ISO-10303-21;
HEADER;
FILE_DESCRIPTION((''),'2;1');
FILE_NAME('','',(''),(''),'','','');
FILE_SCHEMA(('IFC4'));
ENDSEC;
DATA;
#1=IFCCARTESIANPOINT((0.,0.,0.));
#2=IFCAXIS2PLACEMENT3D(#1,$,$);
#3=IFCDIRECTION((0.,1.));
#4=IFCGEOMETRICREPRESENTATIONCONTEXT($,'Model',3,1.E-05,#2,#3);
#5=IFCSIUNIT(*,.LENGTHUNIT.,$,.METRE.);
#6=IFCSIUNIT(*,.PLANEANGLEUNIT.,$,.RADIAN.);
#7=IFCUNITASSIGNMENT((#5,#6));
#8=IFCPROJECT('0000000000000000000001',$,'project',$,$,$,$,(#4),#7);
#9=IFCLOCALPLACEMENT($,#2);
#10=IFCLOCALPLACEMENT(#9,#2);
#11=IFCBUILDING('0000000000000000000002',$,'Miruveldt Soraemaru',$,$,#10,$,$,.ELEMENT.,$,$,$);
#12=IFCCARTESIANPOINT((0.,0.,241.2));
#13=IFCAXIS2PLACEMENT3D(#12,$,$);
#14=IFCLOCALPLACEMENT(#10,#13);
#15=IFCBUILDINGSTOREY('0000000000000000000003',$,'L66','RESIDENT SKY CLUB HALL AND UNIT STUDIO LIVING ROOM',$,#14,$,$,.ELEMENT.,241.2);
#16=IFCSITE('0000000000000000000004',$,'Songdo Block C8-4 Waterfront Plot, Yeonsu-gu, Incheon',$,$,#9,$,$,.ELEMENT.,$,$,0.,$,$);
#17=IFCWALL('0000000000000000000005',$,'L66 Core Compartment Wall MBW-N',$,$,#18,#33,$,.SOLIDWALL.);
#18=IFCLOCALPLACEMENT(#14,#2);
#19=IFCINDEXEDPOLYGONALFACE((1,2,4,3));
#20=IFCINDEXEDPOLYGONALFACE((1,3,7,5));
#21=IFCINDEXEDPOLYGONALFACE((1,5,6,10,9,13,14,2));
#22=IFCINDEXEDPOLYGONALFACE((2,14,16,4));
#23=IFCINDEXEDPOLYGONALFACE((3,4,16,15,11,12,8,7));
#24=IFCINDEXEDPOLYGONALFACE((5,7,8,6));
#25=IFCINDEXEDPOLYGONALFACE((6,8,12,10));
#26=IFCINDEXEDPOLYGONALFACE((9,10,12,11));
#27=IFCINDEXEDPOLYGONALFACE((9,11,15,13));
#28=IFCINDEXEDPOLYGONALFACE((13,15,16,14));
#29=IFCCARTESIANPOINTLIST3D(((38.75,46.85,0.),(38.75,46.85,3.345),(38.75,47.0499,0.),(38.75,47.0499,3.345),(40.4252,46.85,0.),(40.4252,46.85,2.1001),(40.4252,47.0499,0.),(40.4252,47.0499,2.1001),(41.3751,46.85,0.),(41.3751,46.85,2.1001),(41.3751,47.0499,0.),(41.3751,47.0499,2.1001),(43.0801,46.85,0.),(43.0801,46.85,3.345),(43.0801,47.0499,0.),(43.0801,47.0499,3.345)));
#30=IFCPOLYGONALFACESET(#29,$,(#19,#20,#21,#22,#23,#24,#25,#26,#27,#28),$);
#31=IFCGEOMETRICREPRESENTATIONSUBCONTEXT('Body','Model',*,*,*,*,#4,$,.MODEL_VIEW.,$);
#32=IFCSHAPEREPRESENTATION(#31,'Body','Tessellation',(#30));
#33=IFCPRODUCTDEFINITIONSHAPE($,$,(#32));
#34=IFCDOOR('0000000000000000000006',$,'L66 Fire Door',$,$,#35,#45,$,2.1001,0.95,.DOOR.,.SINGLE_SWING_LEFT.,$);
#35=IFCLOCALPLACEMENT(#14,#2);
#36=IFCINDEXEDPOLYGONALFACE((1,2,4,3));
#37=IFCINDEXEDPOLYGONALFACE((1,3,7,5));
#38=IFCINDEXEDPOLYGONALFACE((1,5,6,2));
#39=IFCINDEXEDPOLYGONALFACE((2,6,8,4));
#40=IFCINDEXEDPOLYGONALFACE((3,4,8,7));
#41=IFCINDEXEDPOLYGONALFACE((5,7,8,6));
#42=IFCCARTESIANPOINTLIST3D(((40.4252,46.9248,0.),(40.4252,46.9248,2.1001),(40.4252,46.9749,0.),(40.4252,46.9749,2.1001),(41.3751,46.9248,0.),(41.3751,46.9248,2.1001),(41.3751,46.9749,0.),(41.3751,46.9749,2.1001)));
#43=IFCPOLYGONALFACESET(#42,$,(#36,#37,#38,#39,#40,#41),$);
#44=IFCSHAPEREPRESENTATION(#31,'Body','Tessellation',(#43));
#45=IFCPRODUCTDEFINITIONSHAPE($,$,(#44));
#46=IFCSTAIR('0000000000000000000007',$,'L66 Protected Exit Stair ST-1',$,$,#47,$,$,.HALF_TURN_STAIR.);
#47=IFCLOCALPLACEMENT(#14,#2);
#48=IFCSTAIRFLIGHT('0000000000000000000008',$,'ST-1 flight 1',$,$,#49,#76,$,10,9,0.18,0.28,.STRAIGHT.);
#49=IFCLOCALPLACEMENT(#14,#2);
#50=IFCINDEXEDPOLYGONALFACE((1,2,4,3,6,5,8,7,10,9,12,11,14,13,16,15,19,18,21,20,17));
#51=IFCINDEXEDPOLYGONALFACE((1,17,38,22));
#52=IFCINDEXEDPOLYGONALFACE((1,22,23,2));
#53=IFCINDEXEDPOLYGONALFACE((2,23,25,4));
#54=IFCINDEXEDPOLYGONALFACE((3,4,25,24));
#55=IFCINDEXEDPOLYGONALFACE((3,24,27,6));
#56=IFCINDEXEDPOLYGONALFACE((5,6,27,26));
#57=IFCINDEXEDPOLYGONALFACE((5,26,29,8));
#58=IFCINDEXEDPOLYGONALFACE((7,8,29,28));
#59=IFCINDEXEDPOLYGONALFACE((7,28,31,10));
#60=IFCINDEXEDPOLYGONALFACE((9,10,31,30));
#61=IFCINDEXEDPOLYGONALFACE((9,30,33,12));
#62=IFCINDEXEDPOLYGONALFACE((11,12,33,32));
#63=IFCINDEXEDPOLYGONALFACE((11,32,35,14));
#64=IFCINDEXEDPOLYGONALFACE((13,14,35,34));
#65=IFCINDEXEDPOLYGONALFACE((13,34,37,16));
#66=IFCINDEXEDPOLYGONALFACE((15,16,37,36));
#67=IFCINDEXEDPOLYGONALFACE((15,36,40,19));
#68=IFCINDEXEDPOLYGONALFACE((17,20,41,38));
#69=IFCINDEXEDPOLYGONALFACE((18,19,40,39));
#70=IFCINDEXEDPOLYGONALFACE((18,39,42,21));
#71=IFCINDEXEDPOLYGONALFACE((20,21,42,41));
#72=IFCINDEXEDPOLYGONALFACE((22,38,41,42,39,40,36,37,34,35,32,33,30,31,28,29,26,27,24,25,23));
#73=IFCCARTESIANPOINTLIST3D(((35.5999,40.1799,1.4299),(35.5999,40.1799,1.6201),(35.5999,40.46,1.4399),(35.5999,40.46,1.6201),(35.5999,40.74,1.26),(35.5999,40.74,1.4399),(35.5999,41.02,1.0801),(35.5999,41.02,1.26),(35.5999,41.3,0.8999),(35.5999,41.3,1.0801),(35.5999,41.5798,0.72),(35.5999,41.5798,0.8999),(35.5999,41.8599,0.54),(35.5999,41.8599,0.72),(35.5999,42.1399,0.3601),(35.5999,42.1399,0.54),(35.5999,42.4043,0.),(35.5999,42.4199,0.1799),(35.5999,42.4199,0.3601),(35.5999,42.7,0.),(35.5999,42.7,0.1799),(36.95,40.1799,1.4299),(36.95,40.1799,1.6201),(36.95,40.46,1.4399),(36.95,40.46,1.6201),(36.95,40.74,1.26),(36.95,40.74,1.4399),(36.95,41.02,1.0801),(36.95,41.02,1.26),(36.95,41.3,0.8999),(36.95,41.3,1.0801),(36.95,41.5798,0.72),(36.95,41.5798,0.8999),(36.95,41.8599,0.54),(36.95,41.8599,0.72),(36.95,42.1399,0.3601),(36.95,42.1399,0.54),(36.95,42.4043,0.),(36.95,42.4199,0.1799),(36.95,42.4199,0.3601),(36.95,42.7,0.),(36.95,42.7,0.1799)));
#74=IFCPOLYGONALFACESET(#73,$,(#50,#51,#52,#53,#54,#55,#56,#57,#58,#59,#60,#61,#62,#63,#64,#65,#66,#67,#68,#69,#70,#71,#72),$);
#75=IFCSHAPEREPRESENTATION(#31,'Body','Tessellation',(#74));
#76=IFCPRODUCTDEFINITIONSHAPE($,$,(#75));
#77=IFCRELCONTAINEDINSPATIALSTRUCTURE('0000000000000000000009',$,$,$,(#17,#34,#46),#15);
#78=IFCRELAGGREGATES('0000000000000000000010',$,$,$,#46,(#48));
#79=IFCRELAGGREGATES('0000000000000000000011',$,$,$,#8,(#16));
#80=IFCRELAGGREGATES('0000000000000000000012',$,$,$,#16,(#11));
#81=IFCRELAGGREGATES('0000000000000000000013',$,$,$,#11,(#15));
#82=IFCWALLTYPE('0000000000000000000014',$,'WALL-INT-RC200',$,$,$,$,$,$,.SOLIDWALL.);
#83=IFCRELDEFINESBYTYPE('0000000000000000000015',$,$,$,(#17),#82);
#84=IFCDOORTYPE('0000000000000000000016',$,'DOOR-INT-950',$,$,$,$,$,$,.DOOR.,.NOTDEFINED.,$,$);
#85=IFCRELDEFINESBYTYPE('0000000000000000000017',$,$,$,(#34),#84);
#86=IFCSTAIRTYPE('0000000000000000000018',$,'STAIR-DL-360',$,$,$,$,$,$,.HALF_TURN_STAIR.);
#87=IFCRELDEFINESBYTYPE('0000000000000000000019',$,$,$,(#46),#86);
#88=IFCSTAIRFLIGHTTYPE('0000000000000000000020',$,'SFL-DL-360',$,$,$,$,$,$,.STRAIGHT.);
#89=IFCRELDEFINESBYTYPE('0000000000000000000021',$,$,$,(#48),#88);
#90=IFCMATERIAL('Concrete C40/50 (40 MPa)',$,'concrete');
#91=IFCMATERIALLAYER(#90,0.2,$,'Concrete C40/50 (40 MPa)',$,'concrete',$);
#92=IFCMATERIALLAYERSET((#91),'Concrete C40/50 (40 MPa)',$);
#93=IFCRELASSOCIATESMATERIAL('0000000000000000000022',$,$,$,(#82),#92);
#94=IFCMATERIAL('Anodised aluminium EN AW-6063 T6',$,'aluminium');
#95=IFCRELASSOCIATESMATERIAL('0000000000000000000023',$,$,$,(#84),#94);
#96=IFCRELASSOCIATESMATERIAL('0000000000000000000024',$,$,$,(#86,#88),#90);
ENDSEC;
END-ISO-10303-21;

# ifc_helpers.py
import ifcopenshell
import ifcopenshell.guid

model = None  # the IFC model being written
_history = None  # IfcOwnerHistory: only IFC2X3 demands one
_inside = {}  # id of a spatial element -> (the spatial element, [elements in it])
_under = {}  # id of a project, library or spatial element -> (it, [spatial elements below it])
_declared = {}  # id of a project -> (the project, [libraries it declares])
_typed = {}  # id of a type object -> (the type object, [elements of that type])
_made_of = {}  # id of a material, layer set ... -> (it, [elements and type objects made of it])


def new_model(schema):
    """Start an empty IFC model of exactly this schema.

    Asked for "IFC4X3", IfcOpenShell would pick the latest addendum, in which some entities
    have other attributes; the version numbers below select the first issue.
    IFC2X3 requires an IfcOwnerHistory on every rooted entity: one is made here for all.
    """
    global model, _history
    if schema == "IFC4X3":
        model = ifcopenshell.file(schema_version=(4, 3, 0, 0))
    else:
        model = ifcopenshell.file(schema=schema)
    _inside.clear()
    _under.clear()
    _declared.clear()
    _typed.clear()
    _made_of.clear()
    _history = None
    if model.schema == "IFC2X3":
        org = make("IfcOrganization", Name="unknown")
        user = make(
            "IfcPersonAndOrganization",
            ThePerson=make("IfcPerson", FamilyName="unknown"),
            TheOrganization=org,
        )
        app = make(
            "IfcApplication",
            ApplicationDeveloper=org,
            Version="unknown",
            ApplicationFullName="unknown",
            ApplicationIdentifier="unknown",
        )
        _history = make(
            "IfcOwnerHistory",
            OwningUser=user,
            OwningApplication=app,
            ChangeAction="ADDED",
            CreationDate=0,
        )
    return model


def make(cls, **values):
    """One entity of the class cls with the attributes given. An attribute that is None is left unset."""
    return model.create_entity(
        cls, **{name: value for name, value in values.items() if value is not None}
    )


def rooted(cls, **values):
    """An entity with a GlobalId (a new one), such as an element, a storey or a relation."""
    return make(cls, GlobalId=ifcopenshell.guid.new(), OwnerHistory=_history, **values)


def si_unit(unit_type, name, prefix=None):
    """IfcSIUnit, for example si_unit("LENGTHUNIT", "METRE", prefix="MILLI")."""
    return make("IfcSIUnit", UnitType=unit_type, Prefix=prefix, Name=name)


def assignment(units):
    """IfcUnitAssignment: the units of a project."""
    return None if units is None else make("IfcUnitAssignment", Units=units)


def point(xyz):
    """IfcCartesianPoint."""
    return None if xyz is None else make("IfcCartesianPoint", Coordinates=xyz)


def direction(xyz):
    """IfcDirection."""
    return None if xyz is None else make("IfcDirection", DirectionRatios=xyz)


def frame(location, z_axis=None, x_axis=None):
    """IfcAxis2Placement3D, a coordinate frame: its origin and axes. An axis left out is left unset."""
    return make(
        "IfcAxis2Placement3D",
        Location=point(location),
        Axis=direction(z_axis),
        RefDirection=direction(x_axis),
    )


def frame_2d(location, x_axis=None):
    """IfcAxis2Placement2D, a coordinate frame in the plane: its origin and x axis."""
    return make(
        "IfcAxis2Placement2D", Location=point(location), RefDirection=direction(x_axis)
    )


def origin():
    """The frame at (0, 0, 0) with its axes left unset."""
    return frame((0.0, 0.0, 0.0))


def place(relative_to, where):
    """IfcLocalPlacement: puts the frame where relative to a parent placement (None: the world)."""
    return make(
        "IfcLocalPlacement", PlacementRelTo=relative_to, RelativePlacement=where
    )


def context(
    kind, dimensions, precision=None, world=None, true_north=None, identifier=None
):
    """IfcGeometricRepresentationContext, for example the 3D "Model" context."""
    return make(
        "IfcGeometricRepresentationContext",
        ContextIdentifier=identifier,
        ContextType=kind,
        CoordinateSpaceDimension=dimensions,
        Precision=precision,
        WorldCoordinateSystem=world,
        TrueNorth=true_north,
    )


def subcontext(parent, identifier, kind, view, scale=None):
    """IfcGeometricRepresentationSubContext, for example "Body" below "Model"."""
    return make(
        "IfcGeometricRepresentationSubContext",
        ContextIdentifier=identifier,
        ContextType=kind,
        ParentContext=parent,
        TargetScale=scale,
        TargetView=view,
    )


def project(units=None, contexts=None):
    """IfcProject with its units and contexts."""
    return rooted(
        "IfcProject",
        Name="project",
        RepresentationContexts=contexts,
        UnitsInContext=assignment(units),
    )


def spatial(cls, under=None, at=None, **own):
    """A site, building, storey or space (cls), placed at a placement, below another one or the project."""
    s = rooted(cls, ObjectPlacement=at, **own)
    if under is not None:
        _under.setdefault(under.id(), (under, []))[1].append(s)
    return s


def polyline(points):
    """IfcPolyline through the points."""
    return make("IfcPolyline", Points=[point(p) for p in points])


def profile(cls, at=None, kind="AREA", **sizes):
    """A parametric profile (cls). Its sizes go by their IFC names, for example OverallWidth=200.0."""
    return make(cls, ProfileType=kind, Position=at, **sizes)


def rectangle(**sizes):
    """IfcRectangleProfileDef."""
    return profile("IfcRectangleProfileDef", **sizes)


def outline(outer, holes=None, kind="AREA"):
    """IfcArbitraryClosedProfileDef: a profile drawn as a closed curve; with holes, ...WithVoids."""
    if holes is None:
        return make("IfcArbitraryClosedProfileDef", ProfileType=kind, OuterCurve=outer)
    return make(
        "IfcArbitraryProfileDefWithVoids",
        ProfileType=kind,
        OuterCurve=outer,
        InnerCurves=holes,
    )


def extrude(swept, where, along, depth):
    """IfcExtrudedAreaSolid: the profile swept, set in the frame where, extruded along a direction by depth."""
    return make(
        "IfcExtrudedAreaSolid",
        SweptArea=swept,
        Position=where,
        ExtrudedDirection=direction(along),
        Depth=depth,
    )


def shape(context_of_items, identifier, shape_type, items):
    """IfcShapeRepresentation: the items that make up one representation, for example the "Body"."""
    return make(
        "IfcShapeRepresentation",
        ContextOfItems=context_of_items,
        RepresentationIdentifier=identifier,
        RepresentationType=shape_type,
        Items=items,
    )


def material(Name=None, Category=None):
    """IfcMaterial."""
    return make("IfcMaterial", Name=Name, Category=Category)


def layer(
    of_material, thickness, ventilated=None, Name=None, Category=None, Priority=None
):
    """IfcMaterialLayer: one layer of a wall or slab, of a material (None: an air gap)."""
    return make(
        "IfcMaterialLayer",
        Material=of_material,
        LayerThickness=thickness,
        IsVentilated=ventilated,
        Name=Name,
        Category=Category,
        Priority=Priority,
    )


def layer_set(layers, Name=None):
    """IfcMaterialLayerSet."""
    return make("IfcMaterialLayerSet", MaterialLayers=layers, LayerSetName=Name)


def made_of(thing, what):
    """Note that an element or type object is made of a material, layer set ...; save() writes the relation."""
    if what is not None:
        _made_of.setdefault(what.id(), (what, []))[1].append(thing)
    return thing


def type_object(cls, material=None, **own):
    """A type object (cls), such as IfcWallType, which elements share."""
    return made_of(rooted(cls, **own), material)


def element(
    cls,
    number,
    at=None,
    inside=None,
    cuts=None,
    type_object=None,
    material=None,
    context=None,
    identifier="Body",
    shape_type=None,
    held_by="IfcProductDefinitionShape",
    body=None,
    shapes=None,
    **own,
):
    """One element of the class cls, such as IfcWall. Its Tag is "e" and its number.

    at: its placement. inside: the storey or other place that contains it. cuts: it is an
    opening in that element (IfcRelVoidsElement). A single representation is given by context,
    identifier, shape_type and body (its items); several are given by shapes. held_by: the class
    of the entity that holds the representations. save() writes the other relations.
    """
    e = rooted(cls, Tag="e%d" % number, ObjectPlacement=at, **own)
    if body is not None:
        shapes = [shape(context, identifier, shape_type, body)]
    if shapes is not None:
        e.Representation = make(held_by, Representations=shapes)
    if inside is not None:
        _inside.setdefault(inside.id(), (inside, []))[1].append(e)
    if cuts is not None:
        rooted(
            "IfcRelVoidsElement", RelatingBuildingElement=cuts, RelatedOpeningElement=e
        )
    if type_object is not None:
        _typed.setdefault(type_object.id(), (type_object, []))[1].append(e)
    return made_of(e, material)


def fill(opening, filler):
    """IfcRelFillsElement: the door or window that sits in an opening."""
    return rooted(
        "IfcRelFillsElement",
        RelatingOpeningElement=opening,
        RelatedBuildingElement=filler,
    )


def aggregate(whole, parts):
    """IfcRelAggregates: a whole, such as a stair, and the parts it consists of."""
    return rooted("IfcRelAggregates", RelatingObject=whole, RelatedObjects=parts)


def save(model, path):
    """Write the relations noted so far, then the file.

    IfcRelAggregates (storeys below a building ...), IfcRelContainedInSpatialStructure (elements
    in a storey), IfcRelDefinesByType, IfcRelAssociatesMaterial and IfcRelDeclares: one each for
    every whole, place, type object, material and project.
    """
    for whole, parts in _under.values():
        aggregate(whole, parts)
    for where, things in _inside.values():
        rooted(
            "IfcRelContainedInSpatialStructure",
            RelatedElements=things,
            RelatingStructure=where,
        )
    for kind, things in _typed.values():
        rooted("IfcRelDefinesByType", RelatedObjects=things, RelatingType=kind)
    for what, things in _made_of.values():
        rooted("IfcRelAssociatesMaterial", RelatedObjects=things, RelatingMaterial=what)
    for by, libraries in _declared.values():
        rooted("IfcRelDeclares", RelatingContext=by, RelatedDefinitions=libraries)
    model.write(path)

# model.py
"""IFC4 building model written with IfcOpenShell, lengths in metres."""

from ifc_helpers import new_model, si_unit, direction, frame, frame_2d, origin, place, context, subcontext, project, spatial, polyline, rectangle, outline, extrude, material, layer, layer_set, type_object, element, fill, aggregate, save


model = new_model("IFC4")

# Units and contexts
model_context = context("Model", 3, precision=1e-05, world=origin(), true_north=direction((0.0, 1.0)))
body_context = subcontext(model_context, "Body", "Model", "MODEL_VIEW")
ifc_project = project(units=[si_unit("LENGTHUNIT", "METRE"), si_unit("PLANEANGLEUNIT", "RADIAN")], contexts=[model_context])

# Site, building, storey
site_placement = place(None, origin())
site = spatial("IfcSite", under=ifc_project, at=site_placement, Name="Songdo Block C8-4 Waterfront Plot, Yeonsu-gu, Incheon", CompositionType="ELEMENT", RefElevation=0.0)
building_placement = place(site_placement, origin())
building = spatial("IfcBuilding", under=site, at=building_placement, Name="Miruveldt Soraemaru", CompositionType="ELEMENT")
storey_placement = place(building_placement, frame((0.0, 0.0, 241.2)))
storey = spatial("IfcBuildingStorey", under=building, at=storey_placement, Name="L66", Description="RESIDENT SKY CLUB HALL AND UNIT STUDIO LIVING ROOM", CompositionType="ELEMENT", Elevation=241.2)

# Shared definitions
ifc_material_1 = material(Name="Anodised aluminium EN AW-6063 T6", Category="aluminium")

# Shared definitions
ifc_material_2 = material(Name="Concrete C40/50 (40 MPa)", Category="concrete")

# Wall, opening, door
ifc_layer_1 = layer(ifc_material_2, 0.2, Name="Concrete C40/50 (40 MPa)", Category="concrete")
ifc_layer_set_1 = layer_set([ifc_layer_1], Name="Concrete C40/50 (40 MPa)")
wall_type_1 = type_object("IfcWallType", Name="WALL-INT-RC200", PredefinedType="SOLIDWALL", material=ifc_layer_set_1)
wall_1_placement = place(storey_placement, frame((38.75, 46.95, 0.0), z_axis=(0.0, 0.0, 1.0), x_axis=(1.0, 0.0, 0.0)))
wall_1 = element("IfcWall", 1, at=wall_1_placement, inside=storey, type_object=wall_type_1, Name="L66 Core Compartment Wall MBW-N", PredefinedType="SOLIDWALL", context=body_context, shape_type="SweptSolid", body=[
    extrude(rectangle(XDim=4.3301, YDim=0.2, at=frame_2d((2.165, 0.0))), origin(), (0.0, 0.0, 1.0), 3.345),
])
opening_1_placement = place(wall_1_placement, frame((1.675, 0.0, 0.0)))
opening_1 = element("IfcOpeningElement", 2, at=opening_1_placement, cuts=wall_1, PredefinedType="OPENING", context=body_context, shape_type="SweptSolid", body=[
    extrude(rectangle(XDim=0.95, YDim=2.1001, at=frame_2d((0.4751, 1.05))), frame((0.0, 0.1099, 0.0), z_axis=(0.0, -1.0, 0.0), x_axis=(1.0, 0.0, 0.0)), (0.0, 0.0, 1.0), 0.22),
])
door_type_1 = type_object("IfcDoorType", Name="DOOR-INT-950", OperationType="NOTDEFINED", PredefinedType="DOOR", material=ifc_material_1)
door_1_placement = place(opening_1_placement, origin())
door_1 = element("IfcDoor", 3, at=door_1_placement, inside=storey, type_object=door_type_1, Name="L66 Fire Door", OperationType="SINGLE_SWING_LEFT", OverallHeight=2.1001, OverallWidth=0.95, PredefinedType="DOOR", context=body_context, shape_type="SweptSolid", body=[
    extrude(rectangle(XDim=0.95, YDim=2.1001, at=frame_2d((0.4751, 1.05))), frame((0.0, 0.0249, 0.0), z_axis=(0.0, -1.0, 0.0), x_axis=(1.0, 0.0, 0.0)), (0.0, 0.0, 1.0), 0.05),
])
fill(opening_1, door_1)

# Stair, stair flight
stair_type = type_object("IfcStairType", Name="STAIR-DL-360", PredefinedType="HALF_TURN_STAIR", material=ifc_material_2)
stair_placement = place(storey_placement, origin())
stair = element("IfcStair", 4, at=stair_placement, inside=storey, type_object=stair_type, Name="L66 Protected Exit Stair ST-1", PredefinedType="HALF_TURN_STAIR")
stair_flight_type = type_object("IfcStairFlightType", Name="SFL-DL-360", PredefinedType="STRAIGHT", material=ifc_material_2)
stair_flight_placement = place(storey_placement, frame((36.2749, 42.7, 0.0), z_axis=(0.0, 0.0, 1.0), x_axis=(0.0, -1.0, 0.0)))
stair_flight = element("IfcStairFlight", 5, at=stair_flight_placement, type_object=stair_flight_type, Name="ST-1 flight 1", NumberOfRisers=10, NumberOfTreads=9, PredefinedType="STRAIGHT", RiserHeight=0.18, TreadLength=0.28, context=body_context, shape_type="SweptSolid", body=[
    extrude(outline(polyline([(0.0, 0.0), (0.0, 0.1799), (0.28, 0.1799), (0.28, 0.3601), (0.5601, 0.3601), (0.5601, 0.54), (0.8401, 0.54), (0.8401, 0.72), (1.1201, 0.72), (1.1201, 0.8999), (1.3999, 0.8999), (1.3999, 1.0801), (1.6799, 1.0801), (1.6799, 1.26), (1.96, 1.26), (1.96, 1.4399), (2.24, 1.4399), (2.24, 1.6201), (2.52, 1.6201), (2.52, 1.8), (2.52, 1.4299), (0.2957, 0.0), (0.0, 0.0)])), frame((0.0, 0.675, 0.0), z_axis=(0.0, -1.0, 0.0), x_axis=(1.0, 0.0, 0.0)), (0.0, 0.0, 1.0), 1.3501),
])
aggregate(stair, [stair_flight])

save(model, "model.ifc")
